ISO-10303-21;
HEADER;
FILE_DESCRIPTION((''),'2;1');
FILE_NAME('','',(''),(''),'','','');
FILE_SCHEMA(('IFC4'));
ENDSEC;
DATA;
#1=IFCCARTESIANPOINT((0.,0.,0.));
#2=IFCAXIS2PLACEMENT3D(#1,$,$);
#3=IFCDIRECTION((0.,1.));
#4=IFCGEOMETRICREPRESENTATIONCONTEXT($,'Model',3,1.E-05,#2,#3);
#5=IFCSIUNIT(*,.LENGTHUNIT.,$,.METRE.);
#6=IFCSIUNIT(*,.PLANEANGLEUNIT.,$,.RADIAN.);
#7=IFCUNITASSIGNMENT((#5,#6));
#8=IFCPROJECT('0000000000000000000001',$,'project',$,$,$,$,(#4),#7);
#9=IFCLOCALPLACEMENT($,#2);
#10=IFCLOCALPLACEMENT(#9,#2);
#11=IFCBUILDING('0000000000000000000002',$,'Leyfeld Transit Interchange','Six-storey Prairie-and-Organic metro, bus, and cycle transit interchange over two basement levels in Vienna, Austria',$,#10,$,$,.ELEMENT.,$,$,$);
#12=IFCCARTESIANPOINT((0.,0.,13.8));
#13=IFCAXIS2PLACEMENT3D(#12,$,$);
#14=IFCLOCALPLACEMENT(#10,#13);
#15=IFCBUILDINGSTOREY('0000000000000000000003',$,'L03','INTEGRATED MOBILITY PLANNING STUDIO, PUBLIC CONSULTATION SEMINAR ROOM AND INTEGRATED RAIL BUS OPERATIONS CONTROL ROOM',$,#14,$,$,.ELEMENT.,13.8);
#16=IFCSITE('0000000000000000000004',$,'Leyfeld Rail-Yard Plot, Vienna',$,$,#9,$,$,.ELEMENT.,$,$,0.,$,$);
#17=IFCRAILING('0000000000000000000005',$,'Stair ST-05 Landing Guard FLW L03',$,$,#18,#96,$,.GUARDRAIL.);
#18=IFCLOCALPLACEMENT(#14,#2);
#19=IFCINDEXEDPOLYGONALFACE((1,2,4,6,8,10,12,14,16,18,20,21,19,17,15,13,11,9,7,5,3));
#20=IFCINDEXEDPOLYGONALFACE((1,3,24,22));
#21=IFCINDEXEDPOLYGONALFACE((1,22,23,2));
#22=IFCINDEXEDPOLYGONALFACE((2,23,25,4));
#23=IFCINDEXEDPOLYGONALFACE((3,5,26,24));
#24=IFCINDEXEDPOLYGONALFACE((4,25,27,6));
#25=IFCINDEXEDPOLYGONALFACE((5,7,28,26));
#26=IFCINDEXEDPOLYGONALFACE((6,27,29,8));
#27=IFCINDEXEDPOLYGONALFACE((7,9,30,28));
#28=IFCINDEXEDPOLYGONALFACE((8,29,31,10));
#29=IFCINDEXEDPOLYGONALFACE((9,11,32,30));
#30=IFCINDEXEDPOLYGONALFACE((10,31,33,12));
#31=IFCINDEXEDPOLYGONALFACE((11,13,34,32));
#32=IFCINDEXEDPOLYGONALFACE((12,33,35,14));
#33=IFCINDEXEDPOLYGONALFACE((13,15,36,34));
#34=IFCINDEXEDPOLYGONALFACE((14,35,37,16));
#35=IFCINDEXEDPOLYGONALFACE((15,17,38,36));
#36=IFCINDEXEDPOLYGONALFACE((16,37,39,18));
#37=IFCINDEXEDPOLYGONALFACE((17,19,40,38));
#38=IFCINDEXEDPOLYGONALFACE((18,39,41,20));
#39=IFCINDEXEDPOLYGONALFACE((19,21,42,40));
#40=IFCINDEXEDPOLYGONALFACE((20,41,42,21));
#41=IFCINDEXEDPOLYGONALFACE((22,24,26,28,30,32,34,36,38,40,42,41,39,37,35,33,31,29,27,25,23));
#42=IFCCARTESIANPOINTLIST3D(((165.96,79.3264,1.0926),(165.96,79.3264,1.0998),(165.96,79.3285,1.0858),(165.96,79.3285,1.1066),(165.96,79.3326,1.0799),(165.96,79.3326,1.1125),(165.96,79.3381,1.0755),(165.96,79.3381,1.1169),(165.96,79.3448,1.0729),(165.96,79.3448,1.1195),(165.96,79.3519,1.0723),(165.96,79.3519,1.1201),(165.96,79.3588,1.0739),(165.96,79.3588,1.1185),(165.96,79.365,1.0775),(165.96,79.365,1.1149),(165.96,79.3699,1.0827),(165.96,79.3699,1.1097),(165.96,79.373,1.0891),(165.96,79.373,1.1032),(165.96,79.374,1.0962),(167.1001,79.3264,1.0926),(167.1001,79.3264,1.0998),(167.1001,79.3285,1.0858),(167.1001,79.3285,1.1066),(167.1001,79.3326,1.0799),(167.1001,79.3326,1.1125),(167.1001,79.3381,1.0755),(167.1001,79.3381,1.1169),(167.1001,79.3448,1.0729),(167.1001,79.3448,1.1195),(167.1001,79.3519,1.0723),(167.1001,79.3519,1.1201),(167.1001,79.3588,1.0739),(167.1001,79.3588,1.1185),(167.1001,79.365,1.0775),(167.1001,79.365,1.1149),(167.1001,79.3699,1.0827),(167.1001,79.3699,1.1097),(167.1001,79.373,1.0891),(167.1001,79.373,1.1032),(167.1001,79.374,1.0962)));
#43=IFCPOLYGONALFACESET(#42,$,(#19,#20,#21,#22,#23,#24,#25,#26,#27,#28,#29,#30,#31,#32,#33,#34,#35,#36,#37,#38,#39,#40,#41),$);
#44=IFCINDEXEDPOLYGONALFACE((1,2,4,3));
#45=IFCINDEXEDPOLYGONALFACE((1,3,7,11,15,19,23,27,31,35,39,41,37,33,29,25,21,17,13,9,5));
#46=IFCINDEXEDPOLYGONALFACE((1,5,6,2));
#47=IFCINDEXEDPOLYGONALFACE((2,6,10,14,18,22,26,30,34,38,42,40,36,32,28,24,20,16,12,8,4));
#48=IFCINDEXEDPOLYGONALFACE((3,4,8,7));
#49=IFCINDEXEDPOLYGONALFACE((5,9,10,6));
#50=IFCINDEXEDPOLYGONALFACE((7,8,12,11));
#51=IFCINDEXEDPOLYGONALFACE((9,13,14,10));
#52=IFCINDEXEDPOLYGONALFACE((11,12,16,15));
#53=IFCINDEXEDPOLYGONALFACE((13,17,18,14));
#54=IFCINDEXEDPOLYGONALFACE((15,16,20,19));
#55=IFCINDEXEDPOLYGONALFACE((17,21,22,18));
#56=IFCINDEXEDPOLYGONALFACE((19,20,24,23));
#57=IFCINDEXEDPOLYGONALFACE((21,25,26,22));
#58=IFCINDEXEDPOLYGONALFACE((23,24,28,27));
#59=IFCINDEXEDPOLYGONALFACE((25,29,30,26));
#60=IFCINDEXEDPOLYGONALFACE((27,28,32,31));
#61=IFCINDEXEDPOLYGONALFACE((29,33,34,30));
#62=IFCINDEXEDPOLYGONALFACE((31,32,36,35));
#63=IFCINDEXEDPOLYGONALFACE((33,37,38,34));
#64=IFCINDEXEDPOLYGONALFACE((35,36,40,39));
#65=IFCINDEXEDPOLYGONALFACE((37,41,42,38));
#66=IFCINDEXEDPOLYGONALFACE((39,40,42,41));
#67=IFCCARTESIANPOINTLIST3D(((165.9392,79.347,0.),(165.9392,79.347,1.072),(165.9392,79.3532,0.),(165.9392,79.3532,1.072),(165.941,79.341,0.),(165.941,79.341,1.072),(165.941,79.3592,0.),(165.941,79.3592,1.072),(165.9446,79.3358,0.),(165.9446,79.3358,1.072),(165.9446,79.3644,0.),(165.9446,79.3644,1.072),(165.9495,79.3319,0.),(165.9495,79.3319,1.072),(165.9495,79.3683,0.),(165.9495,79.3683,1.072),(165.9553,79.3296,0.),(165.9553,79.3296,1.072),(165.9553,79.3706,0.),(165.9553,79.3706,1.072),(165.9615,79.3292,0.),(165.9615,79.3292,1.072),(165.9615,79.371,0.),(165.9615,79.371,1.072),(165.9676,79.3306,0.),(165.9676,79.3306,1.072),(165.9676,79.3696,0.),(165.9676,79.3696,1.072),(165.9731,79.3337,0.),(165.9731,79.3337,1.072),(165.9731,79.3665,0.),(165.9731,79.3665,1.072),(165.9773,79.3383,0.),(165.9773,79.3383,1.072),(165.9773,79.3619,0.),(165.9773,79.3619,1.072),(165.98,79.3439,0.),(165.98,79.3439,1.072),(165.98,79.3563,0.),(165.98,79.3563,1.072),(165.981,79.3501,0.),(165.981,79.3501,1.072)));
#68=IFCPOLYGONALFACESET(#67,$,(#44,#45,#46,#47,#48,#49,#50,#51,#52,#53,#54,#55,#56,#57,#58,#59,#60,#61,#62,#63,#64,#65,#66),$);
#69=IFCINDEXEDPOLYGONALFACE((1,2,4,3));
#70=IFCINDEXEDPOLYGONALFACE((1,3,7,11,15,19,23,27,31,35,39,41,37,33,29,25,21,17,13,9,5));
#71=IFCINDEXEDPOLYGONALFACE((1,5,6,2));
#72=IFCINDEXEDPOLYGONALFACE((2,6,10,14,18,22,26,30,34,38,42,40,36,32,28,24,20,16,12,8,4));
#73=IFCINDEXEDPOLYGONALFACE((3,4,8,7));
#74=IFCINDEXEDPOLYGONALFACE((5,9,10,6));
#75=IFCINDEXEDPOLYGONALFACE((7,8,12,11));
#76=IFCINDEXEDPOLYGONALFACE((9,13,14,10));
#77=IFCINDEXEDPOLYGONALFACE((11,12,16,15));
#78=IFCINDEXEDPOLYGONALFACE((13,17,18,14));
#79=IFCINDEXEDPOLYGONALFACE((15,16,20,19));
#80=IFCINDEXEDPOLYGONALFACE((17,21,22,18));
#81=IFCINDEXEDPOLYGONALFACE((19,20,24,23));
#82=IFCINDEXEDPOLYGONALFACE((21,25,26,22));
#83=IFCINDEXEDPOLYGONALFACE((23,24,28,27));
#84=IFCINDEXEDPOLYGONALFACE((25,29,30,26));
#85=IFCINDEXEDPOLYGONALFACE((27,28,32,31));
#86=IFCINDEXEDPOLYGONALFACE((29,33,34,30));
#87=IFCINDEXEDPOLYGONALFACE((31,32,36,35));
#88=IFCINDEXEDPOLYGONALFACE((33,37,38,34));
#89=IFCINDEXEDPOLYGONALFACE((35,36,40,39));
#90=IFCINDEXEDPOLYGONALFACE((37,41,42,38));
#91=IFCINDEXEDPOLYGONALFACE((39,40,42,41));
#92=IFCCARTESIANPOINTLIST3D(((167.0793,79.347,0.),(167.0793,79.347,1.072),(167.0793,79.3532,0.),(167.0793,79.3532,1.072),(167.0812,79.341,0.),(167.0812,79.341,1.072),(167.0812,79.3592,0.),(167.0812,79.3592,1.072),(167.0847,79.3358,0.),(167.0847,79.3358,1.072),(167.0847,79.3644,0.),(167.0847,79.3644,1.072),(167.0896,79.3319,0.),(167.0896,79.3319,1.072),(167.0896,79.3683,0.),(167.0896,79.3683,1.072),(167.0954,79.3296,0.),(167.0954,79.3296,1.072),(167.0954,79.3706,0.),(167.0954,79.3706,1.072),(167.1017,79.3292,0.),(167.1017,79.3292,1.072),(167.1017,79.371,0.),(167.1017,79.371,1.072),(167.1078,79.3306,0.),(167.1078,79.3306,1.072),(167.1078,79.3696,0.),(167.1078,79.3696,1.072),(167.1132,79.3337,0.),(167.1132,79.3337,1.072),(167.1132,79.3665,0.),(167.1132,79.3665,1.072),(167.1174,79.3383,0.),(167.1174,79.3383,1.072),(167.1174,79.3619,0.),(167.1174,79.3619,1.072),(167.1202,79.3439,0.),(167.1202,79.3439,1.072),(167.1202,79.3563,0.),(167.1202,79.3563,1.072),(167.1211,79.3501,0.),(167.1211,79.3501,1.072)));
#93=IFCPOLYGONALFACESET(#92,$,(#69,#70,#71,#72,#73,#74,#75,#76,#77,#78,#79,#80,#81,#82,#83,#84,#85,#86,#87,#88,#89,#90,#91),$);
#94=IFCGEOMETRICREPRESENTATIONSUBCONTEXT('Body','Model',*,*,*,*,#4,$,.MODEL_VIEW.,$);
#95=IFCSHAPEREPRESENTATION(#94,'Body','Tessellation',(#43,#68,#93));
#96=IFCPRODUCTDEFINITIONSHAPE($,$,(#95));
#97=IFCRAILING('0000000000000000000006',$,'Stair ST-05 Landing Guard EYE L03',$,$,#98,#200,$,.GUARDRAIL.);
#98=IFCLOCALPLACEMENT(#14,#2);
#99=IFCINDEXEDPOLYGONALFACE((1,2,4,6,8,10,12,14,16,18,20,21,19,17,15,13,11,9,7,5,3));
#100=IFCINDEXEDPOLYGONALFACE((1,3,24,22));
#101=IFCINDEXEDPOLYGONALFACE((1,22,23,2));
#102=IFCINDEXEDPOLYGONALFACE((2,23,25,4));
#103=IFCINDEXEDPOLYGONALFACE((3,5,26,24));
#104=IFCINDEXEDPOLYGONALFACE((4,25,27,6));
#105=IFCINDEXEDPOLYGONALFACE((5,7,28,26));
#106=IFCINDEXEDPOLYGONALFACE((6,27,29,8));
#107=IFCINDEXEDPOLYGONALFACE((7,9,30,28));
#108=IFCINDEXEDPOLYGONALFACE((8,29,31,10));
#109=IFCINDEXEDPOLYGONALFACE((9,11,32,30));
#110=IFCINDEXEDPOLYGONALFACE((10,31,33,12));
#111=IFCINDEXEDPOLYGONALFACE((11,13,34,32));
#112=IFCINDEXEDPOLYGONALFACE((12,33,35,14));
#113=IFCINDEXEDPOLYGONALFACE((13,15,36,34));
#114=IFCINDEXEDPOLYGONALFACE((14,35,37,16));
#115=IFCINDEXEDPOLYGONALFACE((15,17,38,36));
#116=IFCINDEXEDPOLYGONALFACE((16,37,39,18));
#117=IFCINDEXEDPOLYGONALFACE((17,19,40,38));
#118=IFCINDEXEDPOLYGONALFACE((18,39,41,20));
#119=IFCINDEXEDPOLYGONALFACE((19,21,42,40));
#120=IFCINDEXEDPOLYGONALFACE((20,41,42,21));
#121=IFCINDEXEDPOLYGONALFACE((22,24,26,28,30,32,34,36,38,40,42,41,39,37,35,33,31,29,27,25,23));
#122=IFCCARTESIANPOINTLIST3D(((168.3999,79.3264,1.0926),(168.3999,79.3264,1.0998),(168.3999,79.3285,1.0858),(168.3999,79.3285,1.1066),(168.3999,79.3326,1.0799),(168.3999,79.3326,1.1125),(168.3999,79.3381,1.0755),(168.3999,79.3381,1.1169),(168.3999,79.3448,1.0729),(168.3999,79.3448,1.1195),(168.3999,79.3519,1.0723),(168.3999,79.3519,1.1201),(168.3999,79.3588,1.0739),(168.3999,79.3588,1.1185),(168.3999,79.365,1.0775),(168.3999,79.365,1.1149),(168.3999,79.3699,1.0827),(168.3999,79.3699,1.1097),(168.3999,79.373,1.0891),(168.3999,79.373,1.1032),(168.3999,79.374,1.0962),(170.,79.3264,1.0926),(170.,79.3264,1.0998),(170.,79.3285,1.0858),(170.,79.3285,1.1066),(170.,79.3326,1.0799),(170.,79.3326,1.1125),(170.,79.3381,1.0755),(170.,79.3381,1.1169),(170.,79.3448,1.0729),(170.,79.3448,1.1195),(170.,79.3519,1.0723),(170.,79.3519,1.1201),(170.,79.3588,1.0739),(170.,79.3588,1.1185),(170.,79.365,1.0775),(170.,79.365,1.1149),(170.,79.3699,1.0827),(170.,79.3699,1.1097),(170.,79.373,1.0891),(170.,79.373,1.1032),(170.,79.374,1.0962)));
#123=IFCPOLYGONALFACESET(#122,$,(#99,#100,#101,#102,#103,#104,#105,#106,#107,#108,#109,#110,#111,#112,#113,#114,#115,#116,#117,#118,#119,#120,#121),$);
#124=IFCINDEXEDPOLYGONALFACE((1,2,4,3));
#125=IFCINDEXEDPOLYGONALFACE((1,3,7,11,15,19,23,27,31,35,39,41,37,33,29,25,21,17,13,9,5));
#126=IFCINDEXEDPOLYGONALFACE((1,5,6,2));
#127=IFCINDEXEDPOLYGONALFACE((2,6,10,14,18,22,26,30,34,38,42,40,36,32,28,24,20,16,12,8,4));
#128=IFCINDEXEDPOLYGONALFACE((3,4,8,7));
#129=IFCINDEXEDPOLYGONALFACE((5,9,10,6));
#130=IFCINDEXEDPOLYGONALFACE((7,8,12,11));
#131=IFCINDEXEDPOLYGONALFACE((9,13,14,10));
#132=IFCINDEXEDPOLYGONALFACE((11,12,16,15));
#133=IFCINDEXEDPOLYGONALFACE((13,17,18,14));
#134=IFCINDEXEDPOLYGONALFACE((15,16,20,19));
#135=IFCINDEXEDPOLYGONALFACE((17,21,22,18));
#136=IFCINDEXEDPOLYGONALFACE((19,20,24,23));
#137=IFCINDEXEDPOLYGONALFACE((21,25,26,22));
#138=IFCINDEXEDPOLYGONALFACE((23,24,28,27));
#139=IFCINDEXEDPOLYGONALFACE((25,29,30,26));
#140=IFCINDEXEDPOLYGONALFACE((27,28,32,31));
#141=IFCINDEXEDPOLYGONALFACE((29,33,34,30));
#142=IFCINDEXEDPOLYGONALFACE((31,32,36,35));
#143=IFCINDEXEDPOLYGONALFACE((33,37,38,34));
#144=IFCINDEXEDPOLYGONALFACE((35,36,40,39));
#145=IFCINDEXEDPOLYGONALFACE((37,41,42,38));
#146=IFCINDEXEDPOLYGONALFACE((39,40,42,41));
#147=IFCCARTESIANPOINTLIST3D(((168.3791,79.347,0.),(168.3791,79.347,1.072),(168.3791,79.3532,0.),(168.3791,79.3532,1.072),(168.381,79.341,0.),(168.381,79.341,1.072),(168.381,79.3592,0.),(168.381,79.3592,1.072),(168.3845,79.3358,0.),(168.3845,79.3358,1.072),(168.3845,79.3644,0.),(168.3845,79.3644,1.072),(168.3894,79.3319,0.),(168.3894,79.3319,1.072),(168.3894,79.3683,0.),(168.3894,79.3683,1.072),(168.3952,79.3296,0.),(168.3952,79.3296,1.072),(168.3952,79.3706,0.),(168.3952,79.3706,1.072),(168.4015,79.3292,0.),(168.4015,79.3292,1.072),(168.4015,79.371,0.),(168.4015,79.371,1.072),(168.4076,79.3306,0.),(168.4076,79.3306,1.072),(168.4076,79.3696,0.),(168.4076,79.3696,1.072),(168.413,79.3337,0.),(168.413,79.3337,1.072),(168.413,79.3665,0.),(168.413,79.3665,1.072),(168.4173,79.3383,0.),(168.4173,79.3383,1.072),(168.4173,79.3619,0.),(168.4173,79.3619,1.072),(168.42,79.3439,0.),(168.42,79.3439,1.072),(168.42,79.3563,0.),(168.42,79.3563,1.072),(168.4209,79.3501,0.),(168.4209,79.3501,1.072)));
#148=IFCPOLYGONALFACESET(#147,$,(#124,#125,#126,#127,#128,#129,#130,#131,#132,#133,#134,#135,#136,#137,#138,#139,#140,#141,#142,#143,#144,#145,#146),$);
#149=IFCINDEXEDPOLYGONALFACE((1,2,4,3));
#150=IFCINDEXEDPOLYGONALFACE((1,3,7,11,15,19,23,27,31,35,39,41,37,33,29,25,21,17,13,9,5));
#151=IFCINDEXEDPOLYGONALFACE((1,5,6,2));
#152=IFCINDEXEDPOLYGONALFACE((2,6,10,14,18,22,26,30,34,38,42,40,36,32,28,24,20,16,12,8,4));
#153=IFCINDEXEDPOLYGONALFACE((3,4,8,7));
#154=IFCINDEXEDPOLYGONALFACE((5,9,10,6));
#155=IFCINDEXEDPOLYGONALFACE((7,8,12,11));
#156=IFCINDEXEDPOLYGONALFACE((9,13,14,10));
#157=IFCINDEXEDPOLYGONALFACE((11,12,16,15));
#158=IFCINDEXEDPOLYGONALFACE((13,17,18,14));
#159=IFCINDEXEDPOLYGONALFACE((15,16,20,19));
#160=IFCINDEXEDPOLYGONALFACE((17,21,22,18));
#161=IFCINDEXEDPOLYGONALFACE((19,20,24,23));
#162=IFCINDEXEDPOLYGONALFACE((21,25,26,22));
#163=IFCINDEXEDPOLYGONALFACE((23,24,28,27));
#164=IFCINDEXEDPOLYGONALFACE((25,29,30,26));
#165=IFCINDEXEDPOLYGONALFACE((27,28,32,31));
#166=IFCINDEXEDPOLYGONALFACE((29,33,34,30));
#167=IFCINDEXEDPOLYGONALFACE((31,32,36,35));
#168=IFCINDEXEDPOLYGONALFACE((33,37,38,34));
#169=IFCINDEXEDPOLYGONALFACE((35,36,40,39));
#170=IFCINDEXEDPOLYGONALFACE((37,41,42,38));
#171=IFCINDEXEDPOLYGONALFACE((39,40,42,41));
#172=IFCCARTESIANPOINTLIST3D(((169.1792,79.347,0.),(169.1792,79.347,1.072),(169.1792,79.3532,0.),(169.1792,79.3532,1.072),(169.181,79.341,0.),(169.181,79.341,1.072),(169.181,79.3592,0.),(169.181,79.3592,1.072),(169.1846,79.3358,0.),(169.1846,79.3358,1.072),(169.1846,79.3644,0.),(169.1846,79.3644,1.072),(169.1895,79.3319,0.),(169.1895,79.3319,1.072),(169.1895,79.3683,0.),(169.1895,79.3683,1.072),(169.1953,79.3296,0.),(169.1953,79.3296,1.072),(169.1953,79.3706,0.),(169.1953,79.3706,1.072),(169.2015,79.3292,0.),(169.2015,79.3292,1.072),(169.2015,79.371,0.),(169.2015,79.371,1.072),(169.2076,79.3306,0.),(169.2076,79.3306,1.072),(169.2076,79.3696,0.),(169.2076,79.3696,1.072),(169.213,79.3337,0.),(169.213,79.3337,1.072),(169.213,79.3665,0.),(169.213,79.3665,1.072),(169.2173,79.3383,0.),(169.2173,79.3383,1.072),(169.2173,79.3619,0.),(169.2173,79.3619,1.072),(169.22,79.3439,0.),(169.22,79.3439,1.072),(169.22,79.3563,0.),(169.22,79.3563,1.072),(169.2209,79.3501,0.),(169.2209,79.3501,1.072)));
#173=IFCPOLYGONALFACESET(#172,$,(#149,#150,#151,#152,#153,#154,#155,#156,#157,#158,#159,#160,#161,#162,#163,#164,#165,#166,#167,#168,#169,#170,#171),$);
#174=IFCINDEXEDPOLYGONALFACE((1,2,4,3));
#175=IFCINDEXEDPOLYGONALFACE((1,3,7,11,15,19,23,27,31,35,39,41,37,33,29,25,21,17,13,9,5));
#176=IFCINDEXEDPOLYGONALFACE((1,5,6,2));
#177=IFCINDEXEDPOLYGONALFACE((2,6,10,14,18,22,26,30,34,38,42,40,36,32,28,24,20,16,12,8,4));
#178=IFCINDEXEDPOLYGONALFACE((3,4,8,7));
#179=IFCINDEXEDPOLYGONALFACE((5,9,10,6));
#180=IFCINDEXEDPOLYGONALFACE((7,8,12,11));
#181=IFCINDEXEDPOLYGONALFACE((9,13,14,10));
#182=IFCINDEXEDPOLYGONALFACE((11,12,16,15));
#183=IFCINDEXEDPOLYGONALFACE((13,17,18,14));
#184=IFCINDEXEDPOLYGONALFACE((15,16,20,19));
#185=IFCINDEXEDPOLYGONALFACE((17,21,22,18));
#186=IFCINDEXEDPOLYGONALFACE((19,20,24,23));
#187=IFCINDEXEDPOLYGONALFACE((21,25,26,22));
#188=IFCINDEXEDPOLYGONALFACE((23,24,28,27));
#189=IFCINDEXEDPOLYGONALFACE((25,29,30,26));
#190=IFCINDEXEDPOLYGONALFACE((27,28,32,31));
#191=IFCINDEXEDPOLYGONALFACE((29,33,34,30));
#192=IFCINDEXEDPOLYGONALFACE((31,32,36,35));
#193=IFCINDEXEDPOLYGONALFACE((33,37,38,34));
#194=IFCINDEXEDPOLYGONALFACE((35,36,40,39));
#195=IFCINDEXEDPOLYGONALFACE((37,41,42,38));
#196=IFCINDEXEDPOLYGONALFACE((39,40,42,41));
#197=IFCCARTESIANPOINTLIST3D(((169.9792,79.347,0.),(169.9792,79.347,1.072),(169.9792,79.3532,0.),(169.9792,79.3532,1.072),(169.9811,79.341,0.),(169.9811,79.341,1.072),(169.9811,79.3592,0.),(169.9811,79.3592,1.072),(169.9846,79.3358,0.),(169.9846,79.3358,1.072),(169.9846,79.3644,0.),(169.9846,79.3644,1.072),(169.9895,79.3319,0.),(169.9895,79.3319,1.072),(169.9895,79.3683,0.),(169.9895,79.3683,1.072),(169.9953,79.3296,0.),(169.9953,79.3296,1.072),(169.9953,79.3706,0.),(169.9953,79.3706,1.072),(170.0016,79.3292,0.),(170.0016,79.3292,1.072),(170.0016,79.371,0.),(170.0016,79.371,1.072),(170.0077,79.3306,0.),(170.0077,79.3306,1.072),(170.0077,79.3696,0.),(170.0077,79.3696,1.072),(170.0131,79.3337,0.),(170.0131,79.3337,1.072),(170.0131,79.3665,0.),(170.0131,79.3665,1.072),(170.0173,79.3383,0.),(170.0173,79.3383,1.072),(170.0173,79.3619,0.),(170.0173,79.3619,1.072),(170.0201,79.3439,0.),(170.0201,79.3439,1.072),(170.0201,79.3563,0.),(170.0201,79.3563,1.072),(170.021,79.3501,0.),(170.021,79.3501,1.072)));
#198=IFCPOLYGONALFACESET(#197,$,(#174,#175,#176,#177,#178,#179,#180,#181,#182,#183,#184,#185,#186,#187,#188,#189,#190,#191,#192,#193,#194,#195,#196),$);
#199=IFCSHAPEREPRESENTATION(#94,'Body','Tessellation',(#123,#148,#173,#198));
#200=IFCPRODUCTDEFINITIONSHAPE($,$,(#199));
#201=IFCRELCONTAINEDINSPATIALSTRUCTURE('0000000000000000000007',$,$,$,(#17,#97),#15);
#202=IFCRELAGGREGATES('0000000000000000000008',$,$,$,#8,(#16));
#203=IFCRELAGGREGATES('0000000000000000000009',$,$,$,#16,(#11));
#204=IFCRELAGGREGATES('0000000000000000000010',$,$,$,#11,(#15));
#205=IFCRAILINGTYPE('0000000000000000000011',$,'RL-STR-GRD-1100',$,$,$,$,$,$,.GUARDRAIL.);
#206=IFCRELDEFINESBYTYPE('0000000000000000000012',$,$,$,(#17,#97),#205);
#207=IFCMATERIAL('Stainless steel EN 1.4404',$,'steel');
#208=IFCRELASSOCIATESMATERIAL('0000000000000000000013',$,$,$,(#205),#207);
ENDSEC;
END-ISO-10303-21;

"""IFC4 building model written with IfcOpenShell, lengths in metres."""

from ifc_helpers import new_model, si_unit, direction, frame, origin, origin_2d, place, context, subcontext, project, spatial, circle, extrude, material, type_object, element, save


model = new_model("IFC4")

# Units and contexts
model_context = context("Model", 3, precision=1e-05, world=origin(), true_north=direction((0.0, 1.0)))
body_context = subcontext(model_context, "Body", "Model", "MODEL_VIEW")
ifc_project = project(units=[si_unit("LENGTHUNIT", "METRE"), si_unit("PLANEANGLEUNIT", "RADIAN")], contexts=[model_context])

# Site, building, storey
site_placement = place(None, origin())
site = spatial("IfcSite", under=ifc_project, at=site_placement, Name="Leyfeld Rail-Yard Plot, Vienna", CompositionType="ELEMENT", RefElevation=0.0)
building_placement = place(site_placement, origin())
building = spatial("IfcBuilding", under=site, at=building_placement, Name="Leyfeld Transit Interchange", Description="Six-storey Prairie-and-Organic metro, bus, and cycle transit interchange over two basement levels in Vienna, Austria", CompositionType="ELEMENT")
storey_placement = place(building_placement, frame((0.0, 0.0, 13.8)))
storey = spatial("IfcBuildingStorey", under=building, at=storey_placement, Name="L03", Description="INTEGRATED MOBILITY PLANNING STUDIO, PUBLIC CONSULTATION SEMINAR ROOM AND INTEGRATED RAIL BUS OPERATIONS CONTROL ROOM", CompositionType="ELEMENT", Elevation=13.8)

# Railings
ifc_material_1 = material(Name="Stainless steel EN 1.4404", Category="steel")
railing_type_1 = type_object("IfcRailingType", Name="RL-STR-GRD-1100", PredefinedType="GUARDRAIL", material=ifc_material_1)
railing_1_placement = place(storey_placement, frame((165.96, 79.3501, 0.0)))
element("IfcRailing", 1, at=railing_1_placement, inside=storey, type_object=railing_type_1, Name="Stair ST-05 Landing Guard FLW L03", PredefinedType="GUARDRAIL", context=body_context, shape_type="SweptSolid", body=[
    extrude(circle(Radius=0.0239, at=origin_2d()), frame((0.0, 0.0, 1.0962), z_axis=(1.0, 0.0, 0.0), x_axis=(0.0, 1.0, 0.0)), (0.0, 0.0, 1.0), 1.1401),
    extrude(circle(Radius=0.021, at=origin_2d()), origin(), (0.0, 0.0, 1.0), 1.072),
    extrude(circle(Radius=0.021, at=origin_2d()), frame((1.1401, 0.0, 0.0)), (0.0, 0.0, 1.0), 1.072),
])
railing_2_placement = place(storey_placement, frame((168.3999, 79.3501, 0.0)))
element("IfcRailing", 2, at=railing_2_placement, inside=storey, type_object=railing_type_1, Name="Stair ST-05 Landing Guard EYE L03", PredefinedType="GUARDRAIL", context=body_context, shape_type="SweptSolid", body=[
    extrude(circle(Radius=0.0239, at=origin_2d()), frame((0.0, 0.0, 1.0962), z_axis=(1.0, 0.0, 0.0), x_axis=(0.0, 1.0, 0.0)), (0.0, 0.0, 1.0), 1.6001),
    extrude(circle(Radius=0.021, at=origin_2d()), origin(), (0.0, 0.0, 1.0), 1.072),
    extrude(circle(Radius=0.021, at=origin_2d()), frame((0.8, 0.0, 0.0)), (0.0, 0.0, 1.0), 1.072),
    extrude(circle(Radius=0.021, at=origin_2d()), frame((1.6001, 0.0, 0.0)), (0.0, 0.0, 1.0), 1.072),
])

save(model, "model.ifc")
